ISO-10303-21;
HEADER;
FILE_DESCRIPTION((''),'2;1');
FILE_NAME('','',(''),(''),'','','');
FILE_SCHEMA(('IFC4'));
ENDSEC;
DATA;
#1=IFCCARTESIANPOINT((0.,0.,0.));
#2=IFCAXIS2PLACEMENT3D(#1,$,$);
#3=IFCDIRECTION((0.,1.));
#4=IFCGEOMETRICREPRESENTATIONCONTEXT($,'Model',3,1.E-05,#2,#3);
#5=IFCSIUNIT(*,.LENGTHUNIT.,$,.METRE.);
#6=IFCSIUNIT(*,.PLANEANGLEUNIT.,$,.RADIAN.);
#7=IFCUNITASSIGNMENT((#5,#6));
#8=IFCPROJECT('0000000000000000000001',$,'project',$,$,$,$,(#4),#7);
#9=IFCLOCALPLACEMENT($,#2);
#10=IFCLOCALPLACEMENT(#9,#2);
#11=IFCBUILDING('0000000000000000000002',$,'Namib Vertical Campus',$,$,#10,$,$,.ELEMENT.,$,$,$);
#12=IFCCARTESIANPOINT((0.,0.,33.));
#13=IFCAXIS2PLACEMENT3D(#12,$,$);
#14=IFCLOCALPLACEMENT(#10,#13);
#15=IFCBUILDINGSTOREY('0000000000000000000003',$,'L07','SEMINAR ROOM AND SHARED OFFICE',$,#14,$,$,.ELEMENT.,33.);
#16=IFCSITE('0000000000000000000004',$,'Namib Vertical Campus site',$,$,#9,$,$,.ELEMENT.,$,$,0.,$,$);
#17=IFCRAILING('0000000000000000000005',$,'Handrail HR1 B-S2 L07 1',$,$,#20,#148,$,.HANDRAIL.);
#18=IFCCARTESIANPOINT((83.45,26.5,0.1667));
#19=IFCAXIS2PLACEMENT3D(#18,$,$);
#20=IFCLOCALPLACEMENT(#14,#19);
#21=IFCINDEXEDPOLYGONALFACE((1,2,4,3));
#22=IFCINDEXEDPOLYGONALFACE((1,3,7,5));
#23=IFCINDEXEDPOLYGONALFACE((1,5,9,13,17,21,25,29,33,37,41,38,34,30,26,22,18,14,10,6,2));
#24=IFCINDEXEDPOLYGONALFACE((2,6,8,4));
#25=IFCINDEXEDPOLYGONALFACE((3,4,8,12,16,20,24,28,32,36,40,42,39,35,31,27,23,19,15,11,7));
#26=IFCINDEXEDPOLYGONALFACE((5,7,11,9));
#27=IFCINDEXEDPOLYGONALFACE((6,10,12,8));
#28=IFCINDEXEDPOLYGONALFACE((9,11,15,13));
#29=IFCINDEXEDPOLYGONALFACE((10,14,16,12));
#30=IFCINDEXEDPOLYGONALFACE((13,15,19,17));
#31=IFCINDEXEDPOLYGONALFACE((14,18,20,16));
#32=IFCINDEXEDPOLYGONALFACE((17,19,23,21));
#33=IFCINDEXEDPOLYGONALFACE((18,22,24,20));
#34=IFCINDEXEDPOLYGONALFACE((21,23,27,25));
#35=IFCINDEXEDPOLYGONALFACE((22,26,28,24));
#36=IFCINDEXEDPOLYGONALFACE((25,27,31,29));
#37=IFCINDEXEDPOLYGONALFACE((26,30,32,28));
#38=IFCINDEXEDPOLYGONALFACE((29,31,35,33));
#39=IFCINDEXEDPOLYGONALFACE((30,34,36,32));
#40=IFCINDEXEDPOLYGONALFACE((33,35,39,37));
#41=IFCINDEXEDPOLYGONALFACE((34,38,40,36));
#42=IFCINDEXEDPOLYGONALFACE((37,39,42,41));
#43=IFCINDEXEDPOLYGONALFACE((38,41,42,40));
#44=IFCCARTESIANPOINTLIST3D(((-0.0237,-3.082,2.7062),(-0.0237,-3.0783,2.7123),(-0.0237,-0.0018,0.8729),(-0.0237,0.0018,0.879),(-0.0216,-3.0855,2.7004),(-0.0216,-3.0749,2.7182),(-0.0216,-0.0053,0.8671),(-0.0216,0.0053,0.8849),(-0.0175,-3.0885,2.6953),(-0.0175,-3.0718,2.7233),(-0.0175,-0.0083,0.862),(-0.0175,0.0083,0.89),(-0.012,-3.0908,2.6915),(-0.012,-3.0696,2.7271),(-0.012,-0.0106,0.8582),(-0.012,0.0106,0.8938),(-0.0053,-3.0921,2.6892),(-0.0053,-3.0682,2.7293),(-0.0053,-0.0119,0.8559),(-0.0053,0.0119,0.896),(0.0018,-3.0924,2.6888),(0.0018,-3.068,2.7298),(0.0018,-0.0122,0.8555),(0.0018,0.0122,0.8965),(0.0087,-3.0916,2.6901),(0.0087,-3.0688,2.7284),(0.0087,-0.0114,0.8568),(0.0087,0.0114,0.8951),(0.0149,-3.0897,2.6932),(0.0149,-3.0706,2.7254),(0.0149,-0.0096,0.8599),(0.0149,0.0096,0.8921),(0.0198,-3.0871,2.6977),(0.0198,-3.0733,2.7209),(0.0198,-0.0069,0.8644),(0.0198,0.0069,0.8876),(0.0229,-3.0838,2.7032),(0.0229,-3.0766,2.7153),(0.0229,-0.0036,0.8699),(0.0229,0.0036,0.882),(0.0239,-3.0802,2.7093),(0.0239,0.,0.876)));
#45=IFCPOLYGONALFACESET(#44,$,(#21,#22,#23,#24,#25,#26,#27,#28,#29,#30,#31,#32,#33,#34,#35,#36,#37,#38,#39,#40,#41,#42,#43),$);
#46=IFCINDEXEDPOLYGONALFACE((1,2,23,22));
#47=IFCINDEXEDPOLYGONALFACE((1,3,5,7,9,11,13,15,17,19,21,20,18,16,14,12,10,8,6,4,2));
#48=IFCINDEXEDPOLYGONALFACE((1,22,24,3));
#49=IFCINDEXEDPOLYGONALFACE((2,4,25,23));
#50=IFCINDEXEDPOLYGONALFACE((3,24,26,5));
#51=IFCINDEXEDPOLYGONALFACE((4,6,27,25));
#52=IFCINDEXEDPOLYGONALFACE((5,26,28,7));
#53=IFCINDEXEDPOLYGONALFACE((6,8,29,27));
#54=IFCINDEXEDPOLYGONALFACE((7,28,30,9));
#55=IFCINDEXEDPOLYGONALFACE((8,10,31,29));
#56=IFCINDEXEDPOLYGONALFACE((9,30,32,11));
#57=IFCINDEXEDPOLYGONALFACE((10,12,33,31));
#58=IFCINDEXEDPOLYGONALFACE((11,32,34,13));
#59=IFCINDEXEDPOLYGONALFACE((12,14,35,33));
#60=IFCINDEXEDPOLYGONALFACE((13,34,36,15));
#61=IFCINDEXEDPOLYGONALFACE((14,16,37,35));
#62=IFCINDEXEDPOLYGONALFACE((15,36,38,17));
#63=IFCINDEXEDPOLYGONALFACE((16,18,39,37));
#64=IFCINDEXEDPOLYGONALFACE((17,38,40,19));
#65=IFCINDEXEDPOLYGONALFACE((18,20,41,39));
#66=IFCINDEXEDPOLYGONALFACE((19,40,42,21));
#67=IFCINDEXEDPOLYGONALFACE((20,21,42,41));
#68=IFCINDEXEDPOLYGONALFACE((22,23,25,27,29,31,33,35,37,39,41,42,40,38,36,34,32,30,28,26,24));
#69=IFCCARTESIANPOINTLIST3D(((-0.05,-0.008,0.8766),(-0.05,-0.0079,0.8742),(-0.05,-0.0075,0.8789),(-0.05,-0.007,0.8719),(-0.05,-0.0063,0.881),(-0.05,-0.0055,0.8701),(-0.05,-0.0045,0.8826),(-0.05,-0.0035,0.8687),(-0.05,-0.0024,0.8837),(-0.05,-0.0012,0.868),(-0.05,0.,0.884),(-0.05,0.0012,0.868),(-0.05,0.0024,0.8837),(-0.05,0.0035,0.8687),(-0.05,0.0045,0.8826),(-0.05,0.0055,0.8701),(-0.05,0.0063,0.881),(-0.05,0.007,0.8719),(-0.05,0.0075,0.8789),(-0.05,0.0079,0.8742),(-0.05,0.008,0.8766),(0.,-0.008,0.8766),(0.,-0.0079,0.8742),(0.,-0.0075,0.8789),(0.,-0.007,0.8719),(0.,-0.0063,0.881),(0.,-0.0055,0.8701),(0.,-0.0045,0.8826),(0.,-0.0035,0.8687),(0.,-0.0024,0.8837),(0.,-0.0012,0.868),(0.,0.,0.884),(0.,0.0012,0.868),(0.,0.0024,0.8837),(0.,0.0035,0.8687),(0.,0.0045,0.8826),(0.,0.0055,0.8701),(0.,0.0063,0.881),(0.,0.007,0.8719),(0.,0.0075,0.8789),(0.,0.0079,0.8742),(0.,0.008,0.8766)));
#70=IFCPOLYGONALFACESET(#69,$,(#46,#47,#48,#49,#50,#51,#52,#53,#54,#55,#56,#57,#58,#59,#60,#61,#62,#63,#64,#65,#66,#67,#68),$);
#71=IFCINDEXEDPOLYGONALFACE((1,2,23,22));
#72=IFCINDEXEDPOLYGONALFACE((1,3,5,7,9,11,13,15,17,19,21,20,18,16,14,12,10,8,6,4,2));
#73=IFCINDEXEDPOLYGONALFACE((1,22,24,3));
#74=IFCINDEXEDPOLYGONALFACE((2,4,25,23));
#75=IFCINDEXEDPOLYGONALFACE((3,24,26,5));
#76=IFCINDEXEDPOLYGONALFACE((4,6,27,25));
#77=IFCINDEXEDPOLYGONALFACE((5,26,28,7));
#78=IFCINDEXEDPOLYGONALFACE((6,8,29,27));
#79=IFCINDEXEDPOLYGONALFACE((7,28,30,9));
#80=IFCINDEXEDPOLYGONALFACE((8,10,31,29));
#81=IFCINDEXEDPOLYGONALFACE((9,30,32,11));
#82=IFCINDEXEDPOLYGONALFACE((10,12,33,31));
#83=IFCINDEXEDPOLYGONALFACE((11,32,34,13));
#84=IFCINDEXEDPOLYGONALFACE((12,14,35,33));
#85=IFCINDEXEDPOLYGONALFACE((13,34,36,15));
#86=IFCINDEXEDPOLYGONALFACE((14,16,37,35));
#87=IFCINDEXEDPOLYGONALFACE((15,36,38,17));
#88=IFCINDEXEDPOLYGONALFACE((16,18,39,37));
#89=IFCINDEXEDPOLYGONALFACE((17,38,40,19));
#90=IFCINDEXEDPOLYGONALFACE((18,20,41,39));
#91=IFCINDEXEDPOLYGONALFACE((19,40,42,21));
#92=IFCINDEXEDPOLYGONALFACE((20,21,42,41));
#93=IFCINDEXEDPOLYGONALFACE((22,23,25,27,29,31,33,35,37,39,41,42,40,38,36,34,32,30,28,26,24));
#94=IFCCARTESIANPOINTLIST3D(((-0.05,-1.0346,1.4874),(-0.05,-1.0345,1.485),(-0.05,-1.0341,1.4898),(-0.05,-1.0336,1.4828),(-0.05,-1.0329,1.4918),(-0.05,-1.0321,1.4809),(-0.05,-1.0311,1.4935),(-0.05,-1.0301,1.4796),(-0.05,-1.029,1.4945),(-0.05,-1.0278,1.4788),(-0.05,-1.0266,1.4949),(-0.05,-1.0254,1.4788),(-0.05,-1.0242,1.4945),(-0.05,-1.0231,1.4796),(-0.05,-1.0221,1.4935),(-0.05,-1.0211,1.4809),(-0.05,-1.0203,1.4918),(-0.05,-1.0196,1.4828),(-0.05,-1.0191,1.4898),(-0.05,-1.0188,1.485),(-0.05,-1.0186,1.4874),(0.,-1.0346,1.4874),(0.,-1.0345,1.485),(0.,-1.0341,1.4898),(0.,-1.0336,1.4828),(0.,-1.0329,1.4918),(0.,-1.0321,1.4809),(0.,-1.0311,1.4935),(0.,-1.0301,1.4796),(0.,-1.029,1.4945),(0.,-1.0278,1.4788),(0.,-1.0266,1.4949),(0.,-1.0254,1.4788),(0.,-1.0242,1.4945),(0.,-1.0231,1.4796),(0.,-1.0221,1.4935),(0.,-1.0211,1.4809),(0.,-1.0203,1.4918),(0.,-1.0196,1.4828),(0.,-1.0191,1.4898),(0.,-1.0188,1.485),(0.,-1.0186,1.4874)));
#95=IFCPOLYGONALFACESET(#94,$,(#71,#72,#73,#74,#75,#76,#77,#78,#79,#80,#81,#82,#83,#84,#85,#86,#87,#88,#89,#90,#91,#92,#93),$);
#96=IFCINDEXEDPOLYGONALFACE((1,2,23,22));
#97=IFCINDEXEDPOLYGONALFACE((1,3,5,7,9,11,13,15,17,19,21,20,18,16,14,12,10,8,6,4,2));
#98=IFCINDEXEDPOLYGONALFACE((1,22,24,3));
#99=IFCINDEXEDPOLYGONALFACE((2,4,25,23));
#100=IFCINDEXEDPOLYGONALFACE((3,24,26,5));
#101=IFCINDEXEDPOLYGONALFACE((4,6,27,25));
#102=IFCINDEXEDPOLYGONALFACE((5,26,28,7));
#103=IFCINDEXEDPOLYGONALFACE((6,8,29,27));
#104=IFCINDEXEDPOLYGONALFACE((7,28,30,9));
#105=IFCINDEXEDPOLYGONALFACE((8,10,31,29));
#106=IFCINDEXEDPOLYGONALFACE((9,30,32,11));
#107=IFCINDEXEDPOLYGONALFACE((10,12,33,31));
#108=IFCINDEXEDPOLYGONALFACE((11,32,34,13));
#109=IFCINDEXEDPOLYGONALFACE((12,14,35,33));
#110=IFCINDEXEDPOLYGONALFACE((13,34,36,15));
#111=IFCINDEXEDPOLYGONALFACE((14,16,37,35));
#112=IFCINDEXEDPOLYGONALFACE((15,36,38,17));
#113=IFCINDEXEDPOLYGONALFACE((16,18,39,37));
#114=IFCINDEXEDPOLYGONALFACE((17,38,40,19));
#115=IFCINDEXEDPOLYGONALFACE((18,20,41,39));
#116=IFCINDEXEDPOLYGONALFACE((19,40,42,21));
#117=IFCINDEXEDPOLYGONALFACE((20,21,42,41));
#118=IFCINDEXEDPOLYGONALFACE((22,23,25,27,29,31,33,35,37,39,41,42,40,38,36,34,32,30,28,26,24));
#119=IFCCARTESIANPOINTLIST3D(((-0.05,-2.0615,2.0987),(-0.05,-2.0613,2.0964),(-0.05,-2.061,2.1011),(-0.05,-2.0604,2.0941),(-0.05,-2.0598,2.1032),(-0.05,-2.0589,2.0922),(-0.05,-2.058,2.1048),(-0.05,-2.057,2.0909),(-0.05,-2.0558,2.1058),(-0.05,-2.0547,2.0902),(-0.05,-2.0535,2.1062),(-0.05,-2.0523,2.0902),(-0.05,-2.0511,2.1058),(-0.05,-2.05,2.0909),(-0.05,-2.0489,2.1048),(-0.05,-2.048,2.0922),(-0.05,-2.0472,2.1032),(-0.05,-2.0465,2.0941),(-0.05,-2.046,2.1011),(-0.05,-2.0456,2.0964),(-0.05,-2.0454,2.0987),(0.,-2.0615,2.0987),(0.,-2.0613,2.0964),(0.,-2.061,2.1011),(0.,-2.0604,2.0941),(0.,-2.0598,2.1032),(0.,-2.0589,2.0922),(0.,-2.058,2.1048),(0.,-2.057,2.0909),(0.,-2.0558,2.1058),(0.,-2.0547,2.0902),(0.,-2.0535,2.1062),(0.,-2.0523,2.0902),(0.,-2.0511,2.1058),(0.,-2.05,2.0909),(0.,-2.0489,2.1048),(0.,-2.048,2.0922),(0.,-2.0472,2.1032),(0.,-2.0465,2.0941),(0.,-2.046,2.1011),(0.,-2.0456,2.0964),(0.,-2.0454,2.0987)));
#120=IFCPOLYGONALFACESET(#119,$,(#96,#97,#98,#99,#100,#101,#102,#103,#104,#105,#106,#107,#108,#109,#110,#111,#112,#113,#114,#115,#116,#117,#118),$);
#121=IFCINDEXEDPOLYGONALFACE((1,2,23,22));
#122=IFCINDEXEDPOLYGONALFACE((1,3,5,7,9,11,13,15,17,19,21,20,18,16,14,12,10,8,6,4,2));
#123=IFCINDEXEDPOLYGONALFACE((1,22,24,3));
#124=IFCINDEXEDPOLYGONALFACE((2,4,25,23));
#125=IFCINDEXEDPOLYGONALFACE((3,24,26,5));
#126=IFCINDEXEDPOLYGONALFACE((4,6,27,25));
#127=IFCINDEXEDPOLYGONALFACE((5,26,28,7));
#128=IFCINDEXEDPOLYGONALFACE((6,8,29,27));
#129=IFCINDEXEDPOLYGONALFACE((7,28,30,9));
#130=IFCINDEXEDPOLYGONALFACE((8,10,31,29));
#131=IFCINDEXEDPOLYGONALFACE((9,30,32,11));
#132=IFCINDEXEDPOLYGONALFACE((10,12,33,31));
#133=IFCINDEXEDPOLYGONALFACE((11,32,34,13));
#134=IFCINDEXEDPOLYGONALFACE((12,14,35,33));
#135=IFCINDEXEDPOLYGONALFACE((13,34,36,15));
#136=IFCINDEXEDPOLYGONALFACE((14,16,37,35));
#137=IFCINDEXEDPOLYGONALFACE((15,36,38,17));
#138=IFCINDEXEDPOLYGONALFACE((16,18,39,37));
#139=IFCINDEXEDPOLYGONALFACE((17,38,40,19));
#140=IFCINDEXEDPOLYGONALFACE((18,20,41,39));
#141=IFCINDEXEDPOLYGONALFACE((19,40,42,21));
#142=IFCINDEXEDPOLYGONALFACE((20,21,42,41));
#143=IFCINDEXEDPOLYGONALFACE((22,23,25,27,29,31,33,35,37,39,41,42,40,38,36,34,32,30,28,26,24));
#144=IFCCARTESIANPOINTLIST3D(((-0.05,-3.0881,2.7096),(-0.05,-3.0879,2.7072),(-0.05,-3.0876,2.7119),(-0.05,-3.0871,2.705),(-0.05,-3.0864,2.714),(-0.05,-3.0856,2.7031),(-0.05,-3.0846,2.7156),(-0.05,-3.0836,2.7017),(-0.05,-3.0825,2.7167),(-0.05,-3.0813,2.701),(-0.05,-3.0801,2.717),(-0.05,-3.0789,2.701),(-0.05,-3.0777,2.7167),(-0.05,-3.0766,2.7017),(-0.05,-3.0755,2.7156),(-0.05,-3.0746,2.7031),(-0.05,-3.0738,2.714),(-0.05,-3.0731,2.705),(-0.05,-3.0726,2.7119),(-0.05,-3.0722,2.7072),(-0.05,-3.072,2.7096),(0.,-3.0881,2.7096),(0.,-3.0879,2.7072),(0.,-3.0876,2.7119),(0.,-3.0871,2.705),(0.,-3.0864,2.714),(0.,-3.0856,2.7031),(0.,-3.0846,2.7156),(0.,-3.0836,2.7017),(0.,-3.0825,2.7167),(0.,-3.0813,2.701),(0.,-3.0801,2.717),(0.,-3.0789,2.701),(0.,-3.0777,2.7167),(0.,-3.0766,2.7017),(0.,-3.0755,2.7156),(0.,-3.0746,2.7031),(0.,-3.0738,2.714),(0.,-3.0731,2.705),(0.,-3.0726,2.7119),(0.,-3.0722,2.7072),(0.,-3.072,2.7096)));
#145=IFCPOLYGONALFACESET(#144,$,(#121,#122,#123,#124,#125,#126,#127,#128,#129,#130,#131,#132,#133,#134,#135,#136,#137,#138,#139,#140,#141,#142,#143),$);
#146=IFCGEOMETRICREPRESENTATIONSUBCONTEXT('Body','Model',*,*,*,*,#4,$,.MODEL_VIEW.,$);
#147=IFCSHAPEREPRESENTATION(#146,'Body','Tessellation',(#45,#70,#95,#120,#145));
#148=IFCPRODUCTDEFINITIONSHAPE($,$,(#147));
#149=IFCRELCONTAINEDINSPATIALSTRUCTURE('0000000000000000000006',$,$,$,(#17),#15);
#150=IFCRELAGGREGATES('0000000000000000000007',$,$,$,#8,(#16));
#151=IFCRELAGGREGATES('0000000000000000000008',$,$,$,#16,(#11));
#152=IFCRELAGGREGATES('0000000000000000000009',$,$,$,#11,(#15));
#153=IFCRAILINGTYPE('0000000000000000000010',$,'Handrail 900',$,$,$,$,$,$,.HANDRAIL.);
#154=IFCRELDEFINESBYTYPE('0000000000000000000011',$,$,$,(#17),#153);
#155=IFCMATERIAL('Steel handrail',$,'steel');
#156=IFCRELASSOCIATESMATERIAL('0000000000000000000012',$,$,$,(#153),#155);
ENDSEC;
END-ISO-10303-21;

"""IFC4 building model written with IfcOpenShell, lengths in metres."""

from ifc_helpers import new_model, si_unit, direction, frame, origin, origin_2d, place, context, subcontext, project, spatial, circle, extrude, material, type_object, element, save


model = new_model("IFC4")

# Units and contexts
model_context = context("Model", 3, precision=1e-05, world=origin(), true_north=direction((0.0, 1.0)))
body_context = subcontext(model_context, "Body", "Model", "MODEL_VIEW")
ifc_project = project(units=[si_unit("LENGTHUNIT", "METRE"), si_unit("PLANEANGLEUNIT", "RADIAN")], contexts=[model_context])

# Site, building, storey
site_placement = place(None, origin())
site = spatial("IfcSite", under=ifc_project, at=site_placement, Name="Namib Vertical Campus site", CompositionType="ELEMENT", RefElevation=0.0)
building_placement = place(site_placement, origin())
building = spatial("IfcBuilding", under=site, at=building_placement, Name="Namib Vertical Campus", CompositionType="ELEMENT")
storey_placement = place(building_placement, frame((0.0, 0.0, 33.0)))
storey = spatial("IfcBuildingStorey", under=building, at=storey_placement, Name="L07", Description="SEMINAR ROOM AND SHARED OFFICE", CompositionType="ELEMENT", Elevation=33.0)

# Railing
ifc_material_1 = material(Name="Steel handrail", Category="steel")
railing_type_1 = type_object("IfcRailingType", Name="Handrail 900", PredefinedType="HANDRAIL", material=ifc_material_1)
railing_1_placement = place(storey_placement, frame((83.45, 26.5, 0.1667)))
element("IfcRailing", 1, at=railing_1_placement, inside=storey, type_object=railing_type_1, Name="Handrail HR1 B-S2 L07 1", PredefinedType="HANDRAIL", context=body_context, shape_type="SweptSolid", body=[
    extrude(circle(Radius=0.0239, at=origin_2d()), frame((0.0, 0.0, 0.876), z_axis=(0.0, -0.859309, 0.511458), x_axis=(1.0, 0.0, 0.0)), (0.0, 0.0, 1.0), 3.5845),
    extrude(circle(Radius=0.0081, at=origin_2d()), frame((0.0, 0.0, 0.876), z_axis=(-1.0, 0.0, 0.0), x_axis=(0.0, 0.0, 1.0)), (0.0, 0.0, 1.0), 0.05),
    extrude(circle(Radius=0.0081, at=origin_2d()), frame((0.0, -1.0266, 1.4868), z_axis=(-1.0, 0.0, 0.0), x_axis=(0.0, 0.0, 1.0)), (0.0, 0.0, 1.0), 0.05),
    extrude(circle(Radius=0.0081, at=origin_2d()), frame((0.0, -2.0535, 2.0981), z_axis=(-1.0, 0.0, 0.0), x_axis=(0.0, 0.0, 1.0)), (0.0, 0.0, 1.0), 0.05),
    extrude(circle(Radius=0.0081, at=origin_2d()), frame((0.0, -3.0801, 2.709), z_axis=(-1.0, 0.0, 0.0), x_axis=(0.0, 0.0, 1.0)), (0.0, 0.0, 1.0), 0.05),
])

save(model, "model.ifc")
